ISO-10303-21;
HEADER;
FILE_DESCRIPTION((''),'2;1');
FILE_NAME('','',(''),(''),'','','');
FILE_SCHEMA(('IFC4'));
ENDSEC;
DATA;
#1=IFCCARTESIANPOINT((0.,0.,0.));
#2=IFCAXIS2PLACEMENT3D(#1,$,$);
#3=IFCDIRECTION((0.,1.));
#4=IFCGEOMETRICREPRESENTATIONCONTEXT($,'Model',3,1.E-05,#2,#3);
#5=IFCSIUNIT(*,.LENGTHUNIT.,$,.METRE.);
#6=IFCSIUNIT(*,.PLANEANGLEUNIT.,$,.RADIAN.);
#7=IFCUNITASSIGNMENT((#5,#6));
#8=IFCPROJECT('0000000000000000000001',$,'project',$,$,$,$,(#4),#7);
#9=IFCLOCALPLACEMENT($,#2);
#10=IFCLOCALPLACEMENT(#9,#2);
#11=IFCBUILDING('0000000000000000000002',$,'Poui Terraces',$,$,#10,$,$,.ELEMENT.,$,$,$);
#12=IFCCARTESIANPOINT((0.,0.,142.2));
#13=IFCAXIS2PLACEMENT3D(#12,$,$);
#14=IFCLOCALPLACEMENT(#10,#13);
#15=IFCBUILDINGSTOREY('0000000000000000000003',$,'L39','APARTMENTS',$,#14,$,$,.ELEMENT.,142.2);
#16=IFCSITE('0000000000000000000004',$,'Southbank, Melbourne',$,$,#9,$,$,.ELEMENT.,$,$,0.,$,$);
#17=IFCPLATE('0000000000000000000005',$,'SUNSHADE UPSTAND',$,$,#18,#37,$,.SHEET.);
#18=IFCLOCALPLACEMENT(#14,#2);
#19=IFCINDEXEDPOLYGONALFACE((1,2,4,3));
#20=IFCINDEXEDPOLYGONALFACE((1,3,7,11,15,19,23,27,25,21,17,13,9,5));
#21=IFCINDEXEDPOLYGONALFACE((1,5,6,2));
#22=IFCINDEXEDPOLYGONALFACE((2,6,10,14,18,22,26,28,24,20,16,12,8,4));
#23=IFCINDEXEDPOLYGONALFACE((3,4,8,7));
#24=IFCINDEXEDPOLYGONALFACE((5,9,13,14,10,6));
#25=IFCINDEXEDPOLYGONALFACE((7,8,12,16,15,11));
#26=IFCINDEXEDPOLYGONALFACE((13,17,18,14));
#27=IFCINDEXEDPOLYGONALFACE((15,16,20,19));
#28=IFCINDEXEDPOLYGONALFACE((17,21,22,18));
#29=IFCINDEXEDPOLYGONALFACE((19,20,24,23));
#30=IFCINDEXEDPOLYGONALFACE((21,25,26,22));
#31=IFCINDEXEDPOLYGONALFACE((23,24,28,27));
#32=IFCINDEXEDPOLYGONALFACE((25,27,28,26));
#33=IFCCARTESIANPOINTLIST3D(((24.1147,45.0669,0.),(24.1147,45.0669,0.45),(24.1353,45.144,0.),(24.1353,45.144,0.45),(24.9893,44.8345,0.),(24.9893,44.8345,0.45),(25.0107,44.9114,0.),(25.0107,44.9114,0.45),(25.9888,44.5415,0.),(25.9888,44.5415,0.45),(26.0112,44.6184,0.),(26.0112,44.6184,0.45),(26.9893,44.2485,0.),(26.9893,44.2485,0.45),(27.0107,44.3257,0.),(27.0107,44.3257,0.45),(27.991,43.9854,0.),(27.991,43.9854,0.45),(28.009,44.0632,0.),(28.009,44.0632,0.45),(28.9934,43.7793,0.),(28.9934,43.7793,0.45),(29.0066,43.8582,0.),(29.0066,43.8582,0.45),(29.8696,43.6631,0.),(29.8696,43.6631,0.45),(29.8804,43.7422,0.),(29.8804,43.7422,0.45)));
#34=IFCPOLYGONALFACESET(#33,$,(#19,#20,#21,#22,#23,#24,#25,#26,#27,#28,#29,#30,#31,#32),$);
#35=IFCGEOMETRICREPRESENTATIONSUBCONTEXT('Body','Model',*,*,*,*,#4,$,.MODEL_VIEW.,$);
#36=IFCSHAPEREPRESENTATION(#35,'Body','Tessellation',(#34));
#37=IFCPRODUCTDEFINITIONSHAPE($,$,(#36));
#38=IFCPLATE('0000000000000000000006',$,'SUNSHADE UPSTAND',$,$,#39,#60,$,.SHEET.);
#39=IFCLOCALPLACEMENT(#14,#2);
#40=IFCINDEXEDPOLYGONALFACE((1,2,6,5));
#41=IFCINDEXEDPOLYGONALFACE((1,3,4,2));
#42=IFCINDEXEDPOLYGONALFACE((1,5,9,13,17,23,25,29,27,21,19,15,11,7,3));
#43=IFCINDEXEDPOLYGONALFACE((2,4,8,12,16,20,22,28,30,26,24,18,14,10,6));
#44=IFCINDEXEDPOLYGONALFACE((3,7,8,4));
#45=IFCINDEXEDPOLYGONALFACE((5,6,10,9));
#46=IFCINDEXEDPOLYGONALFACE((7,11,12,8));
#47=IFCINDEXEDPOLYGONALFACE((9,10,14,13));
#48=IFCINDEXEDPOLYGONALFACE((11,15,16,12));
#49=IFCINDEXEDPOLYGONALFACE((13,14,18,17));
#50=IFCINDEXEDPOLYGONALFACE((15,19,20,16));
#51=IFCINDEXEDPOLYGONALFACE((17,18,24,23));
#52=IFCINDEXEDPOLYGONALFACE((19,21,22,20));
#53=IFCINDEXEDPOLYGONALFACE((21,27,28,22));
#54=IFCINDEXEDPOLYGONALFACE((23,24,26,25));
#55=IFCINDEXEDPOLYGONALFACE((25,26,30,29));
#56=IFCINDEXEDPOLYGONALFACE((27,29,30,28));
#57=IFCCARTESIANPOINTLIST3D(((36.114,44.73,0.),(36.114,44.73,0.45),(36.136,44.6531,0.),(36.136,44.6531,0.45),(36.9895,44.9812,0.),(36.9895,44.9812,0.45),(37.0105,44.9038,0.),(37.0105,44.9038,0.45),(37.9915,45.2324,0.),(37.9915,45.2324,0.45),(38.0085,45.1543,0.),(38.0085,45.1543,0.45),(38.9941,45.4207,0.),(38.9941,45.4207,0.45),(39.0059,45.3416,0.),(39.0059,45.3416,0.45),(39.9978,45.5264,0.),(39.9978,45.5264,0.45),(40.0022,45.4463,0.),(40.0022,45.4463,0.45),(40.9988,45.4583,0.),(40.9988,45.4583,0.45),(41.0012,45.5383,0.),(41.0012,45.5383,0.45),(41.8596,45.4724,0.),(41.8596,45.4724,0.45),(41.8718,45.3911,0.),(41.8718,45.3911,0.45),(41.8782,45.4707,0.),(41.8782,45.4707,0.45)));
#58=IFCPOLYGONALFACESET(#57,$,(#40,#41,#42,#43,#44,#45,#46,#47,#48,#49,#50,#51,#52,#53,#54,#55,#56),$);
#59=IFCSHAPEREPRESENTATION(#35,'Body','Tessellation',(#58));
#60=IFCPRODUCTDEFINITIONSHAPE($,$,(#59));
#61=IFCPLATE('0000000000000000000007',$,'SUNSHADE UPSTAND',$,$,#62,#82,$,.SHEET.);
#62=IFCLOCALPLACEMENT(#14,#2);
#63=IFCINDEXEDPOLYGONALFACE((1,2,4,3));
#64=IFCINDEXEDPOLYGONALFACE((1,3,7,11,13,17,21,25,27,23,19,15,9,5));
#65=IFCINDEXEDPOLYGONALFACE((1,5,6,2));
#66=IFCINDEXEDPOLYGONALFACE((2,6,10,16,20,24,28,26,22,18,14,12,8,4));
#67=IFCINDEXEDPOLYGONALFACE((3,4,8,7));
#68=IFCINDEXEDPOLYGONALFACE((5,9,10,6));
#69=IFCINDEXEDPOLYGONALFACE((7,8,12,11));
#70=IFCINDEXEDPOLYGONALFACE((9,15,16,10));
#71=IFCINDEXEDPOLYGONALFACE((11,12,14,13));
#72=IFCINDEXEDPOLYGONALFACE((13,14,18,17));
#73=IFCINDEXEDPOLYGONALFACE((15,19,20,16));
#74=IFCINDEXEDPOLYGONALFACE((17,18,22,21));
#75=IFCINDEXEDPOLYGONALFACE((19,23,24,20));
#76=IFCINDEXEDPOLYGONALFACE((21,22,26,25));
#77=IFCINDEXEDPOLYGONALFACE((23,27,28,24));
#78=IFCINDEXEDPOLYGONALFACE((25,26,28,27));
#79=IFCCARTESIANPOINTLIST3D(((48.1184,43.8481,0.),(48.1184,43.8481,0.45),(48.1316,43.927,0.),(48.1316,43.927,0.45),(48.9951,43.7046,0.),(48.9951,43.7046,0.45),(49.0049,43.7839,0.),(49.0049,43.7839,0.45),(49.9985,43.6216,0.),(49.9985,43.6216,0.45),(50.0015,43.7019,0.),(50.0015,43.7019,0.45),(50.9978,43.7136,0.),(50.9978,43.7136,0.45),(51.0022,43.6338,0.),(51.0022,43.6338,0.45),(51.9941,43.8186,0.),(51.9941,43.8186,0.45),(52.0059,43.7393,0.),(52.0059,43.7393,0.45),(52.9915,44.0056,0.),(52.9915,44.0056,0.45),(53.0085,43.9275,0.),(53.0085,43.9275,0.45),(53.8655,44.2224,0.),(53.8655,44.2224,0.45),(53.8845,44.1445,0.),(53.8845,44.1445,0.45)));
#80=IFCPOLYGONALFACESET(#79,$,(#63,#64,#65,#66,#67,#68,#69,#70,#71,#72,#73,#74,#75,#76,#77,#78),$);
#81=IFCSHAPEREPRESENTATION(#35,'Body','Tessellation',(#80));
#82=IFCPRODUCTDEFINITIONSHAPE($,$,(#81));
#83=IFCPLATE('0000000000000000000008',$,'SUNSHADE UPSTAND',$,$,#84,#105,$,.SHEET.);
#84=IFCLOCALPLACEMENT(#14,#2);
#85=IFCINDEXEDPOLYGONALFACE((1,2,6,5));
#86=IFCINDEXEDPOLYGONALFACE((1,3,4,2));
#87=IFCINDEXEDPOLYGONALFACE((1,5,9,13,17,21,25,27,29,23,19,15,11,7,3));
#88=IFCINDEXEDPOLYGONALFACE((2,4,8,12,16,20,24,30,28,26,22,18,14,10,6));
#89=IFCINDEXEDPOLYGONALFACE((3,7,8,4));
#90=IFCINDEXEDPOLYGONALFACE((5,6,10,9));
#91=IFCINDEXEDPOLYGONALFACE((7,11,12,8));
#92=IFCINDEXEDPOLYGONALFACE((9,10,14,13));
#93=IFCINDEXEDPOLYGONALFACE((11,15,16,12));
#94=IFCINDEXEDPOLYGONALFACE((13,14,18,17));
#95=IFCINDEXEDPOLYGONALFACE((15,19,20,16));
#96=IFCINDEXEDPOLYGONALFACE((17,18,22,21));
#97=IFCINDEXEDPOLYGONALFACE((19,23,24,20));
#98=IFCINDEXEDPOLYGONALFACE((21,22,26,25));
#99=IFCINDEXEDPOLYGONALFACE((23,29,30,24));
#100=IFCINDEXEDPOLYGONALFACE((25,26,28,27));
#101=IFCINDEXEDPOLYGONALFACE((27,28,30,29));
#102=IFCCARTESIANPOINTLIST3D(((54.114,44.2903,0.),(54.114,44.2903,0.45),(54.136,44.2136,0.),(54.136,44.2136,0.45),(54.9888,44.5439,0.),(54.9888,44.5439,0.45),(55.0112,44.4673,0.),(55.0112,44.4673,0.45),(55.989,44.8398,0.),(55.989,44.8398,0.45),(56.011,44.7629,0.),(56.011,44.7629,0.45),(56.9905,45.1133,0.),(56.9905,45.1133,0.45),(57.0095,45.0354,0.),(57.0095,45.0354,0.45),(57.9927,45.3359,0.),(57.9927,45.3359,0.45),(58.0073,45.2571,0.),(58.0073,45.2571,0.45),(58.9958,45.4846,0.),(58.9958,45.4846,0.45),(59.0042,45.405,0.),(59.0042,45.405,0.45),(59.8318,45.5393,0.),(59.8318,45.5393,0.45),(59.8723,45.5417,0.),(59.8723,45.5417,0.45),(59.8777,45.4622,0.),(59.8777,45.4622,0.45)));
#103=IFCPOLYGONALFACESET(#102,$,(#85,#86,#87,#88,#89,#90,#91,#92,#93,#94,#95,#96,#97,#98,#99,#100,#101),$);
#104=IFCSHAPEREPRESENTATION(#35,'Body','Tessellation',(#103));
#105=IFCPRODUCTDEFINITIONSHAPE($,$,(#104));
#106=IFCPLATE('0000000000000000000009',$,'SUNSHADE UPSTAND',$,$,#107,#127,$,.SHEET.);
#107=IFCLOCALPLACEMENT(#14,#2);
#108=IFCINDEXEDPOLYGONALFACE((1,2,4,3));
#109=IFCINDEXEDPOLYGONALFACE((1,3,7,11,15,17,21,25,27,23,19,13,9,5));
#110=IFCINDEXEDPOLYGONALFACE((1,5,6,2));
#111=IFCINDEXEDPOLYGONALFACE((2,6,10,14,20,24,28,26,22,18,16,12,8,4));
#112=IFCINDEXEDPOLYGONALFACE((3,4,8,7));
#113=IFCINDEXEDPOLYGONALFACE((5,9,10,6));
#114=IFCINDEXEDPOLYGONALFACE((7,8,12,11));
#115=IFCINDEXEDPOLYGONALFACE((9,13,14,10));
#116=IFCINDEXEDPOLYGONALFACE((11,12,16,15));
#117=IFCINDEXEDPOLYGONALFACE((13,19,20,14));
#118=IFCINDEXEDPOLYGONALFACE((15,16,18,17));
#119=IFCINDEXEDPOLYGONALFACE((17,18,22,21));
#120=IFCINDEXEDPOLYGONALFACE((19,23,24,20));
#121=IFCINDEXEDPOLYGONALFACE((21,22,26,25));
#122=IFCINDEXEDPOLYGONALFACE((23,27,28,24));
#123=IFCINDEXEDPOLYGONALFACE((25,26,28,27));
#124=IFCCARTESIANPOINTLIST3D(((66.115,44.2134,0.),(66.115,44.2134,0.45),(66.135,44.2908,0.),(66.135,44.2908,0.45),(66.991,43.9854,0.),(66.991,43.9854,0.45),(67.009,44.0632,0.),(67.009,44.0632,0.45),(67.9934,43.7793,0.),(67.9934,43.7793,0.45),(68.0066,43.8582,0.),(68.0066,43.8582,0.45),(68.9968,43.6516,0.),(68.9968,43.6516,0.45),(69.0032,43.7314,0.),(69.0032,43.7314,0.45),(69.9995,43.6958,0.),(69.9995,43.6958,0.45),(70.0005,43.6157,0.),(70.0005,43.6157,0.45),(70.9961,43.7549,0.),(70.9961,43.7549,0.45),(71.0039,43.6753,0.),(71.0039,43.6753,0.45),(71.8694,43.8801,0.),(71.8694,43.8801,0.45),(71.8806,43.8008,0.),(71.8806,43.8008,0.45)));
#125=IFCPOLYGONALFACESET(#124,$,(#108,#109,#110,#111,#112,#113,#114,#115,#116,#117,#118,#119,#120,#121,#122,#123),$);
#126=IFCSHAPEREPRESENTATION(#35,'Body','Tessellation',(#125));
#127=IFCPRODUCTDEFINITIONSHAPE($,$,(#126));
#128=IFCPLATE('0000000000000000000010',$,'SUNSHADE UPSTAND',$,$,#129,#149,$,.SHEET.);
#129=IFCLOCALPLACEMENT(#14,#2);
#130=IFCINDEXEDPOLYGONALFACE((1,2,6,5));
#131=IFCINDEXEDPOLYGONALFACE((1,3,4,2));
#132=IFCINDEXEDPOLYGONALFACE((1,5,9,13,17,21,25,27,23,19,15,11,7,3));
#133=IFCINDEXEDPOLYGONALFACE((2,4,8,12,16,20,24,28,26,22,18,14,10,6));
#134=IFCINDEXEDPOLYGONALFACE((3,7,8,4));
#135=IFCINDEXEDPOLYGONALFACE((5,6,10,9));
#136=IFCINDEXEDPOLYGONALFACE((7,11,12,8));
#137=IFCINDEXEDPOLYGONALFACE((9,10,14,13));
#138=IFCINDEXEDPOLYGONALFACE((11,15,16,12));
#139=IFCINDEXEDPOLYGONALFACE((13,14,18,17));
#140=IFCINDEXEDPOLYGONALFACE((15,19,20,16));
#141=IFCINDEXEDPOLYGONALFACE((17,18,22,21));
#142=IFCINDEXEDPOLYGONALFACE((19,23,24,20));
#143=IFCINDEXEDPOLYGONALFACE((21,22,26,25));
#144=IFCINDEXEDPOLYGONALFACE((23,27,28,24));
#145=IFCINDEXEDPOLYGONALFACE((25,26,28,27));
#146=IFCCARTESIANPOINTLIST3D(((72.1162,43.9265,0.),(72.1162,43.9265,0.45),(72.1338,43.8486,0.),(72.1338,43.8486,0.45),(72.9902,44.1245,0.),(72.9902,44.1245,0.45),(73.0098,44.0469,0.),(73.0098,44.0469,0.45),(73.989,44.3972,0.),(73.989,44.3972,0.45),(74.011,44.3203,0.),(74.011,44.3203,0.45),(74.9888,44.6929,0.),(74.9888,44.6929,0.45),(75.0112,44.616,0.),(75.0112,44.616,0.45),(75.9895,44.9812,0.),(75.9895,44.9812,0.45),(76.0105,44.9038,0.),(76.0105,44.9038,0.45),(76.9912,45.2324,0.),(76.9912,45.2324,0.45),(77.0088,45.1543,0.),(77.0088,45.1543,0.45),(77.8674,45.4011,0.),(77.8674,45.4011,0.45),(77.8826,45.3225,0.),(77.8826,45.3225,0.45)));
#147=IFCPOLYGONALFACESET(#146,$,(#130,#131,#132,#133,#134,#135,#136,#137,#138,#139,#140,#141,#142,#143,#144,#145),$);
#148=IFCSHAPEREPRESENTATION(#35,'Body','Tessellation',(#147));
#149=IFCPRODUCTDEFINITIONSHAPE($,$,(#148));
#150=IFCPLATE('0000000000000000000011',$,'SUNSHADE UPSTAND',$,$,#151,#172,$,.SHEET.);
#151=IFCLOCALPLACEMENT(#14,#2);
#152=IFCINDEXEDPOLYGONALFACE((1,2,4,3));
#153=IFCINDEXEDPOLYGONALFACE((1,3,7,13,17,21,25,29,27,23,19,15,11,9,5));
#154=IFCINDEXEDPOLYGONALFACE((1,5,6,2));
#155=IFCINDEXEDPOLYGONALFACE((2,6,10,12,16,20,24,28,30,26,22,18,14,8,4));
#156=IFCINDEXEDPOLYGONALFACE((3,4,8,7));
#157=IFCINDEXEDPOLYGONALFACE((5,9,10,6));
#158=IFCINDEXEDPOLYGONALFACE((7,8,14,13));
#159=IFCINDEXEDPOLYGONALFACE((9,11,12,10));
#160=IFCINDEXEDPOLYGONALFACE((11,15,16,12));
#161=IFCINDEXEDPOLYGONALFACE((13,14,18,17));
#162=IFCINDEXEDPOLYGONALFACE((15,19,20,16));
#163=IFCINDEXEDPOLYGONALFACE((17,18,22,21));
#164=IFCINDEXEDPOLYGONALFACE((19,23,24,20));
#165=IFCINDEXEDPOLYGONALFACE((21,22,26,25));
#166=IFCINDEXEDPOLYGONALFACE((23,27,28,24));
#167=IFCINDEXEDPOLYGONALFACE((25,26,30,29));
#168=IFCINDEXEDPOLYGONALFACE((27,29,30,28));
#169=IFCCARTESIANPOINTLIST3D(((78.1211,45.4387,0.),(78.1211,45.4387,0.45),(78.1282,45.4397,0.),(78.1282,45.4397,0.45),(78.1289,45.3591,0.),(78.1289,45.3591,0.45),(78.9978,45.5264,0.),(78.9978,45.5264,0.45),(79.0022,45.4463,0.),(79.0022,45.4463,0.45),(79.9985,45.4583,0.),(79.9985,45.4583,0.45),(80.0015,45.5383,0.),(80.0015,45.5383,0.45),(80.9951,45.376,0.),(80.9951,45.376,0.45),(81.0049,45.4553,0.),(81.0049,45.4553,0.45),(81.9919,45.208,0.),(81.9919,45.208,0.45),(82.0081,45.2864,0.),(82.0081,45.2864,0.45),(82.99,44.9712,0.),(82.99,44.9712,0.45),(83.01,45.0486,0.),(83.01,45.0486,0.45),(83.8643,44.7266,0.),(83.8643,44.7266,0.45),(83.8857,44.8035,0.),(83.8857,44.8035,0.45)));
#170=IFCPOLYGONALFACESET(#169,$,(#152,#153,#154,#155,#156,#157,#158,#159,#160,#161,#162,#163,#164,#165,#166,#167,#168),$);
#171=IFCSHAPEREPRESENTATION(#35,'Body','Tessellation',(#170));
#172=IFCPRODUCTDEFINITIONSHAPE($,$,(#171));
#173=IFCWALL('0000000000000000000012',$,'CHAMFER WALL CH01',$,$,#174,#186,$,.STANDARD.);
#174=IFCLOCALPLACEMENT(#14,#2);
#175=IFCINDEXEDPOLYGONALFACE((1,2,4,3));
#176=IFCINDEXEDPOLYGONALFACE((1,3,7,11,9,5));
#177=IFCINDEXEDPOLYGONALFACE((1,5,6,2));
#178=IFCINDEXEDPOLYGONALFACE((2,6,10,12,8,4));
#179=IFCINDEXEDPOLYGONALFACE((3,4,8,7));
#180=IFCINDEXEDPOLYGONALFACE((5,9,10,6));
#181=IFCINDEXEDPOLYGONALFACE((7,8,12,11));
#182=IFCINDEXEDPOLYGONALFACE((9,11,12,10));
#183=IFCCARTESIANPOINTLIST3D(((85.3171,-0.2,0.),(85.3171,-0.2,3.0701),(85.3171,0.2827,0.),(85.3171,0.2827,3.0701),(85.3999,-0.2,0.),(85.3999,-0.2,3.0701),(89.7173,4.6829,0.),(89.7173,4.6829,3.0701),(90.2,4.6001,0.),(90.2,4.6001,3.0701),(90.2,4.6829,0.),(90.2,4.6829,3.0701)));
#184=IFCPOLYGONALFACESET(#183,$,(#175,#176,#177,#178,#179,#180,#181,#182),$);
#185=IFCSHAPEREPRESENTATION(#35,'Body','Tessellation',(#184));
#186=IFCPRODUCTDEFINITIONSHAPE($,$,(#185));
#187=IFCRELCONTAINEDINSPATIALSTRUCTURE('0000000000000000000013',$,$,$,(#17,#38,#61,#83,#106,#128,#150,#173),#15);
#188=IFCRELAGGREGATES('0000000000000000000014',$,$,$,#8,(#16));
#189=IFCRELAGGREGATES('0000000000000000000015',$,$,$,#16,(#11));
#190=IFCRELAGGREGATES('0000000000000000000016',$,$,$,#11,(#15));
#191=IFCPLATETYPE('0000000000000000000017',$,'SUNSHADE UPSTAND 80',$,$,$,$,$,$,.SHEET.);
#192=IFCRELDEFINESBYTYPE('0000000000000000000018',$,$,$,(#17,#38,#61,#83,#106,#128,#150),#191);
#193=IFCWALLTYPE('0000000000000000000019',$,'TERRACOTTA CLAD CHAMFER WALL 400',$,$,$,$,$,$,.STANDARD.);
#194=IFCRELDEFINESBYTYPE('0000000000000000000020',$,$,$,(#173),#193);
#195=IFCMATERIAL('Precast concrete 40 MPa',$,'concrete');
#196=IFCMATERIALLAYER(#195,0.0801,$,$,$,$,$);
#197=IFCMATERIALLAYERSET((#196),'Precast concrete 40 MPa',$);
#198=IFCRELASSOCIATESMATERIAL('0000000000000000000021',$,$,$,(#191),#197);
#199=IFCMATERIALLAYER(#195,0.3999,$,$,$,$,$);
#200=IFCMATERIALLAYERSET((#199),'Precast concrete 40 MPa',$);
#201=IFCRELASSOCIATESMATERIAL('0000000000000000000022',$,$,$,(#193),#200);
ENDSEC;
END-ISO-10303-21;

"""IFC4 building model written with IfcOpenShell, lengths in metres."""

from ifc_helpers import new_model, si_unit, direction, frame, origin, place, context, subcontext, project, spatial, polyline, outline, extrude, material, layer, layer_set, type_object, element, save


model = new_model("IFC4")

# Units and contexts
model_context = context("Model", 3, precision=1e-05, world=origin(), true_north=direction((0.0, 1.0)))
body_context = subcontext(model_context, "Body", "Model", "MODEL_VIEW")
ifc_project = project(units=[si_unit("LENGTHUNIT", "METRE"), si_unit("PLANEANGLEUNIT", "RADIAN")], contexts=[model_context])

# Site, building, storey
site_placement = place(None, origin())
site = spatial("IfcSite", under=ifc_project, at=site_placement, Name="Southbank, Melbourne", CompositionType="ELEMENT", RefElevation=0.0)
building_placement = place(site_placement, origin())
building = spatial("IfcBuilding", under=site, at=building_placement, Name="Poui Terraces", CompositionType="ELEMENT")
storey_placement = place(building_placement, frame((0.0, 0.0, 142.2)))
storey = spatial("IfcBuildingStorey", under=building, at=storey_placement, Name="L39", Description="APARTMENTS", CompositionType="ELEMENT", Elevation=142.2)

# Shared definitions
ifc_material_1 = material(Name="Precast concrete 40 MPa", Category="concrete")

# Plates
ifc_layer_1 = layer(ifc_material_1, 0.0801)
ifc_layer_set_1 = layer_set([ifc_layer_1], Name="Precast concrete 40 MPa")
plate_type = type_object("IfcPlateType", Name="SUNSHADE UPSTAND 80", PredefinedType="SHEET", material=ifc_layer_set_1)
plate_1_placement = place(storey_placement, origin())
element("IfcPlate", 1, at=plate_1_placement, inside=storey, type_object=plate_type, Name="SUNSHADE UPSTAND", PredefinedType="SHEET", context=body_context, shape_type="SweptSolid", body=[
    extrude(outline(polyline([(25.0107, 44.9114), (24.1353, 45.144), (24.1147, 45.0669), (24.9893, 44.8345), (25.9888, 44.5415), (26.9893, 44.2485), (27.991, 43.9854), (28.9934, 43.7793), (29.8696, 43.6631), (29.8804, 43.7422), (29.0066, 43.8582), (28.009, 44.0632), (27.0107, 44.3257), (26.0112, 44.6184), (25.0107, 44.9114)])), origin(), (0.0, 0.0, 1.0), 0.45),
])
plate_2_placement = place(storey_placement, origin())
element("IfcPlate", 2, at=plate_2_placement, inside=storey, type_object=plate_type, Name="SUNSHADE UPSTAND", PredefinedType="SHEET", context=body_context, shape_type="SweptSolid", body=[
    extrude(outline(polyline([(36.9895, 44.9812), (36.114, 44.73), (36.136, 44.6531), (37.0105, 44.9038), (38.0085, 45.1543), (39.0059, 45.3416), (40.0022, 45.4463), (40.9988, 45.4583), (41.8718, 45.3911), (41.8782, 45.4707), (41.8596, 45.4724), (41.0012, 45.5383), (39.9978, 45.5264), (38.9941, 45.4207), (37.9915, 45.2324), (36.9895, 44.9812)])), origin(), (0.0, 0.0, 1.0), 0.45),
])
plate_3_placement = place(storey_placement, origin())
element("IfcPlate", 3, at=plate_3_placement, inside=storey, type_object=plate_type, Name="SUNSHADE UPSTAND", PredefinedType="SHEET", context=body_context, shape_type="SweptSolid", body=[
    extrude(outline(polyline([(49.0049, 43.7839), (48.1316, 43.927), (48.1184, 43.8481), (48.9951, 43.7046), (49.9985, 43.6216), (51.0022, 43.6338), (52.0059, 43.7393), (53.0085, 43.9275), (53.8845, 44.1445), (53.8655, 44.2224), (52.9915, 44.0056), (51.9941, 43.8186), (50.9978, 43.7136), (50.0015, 43.7019), (49.0049, 43.7839)])), origin(), (0.0, 0.0, 1.0), 0.45),
])
plate_4_placement = place(storey_placement, origin())
element("IfcPlate", 4, at=plate_4_placement, inside=storey, type_object=plate_type, Name="SUNSHADE UPSTAND", PredefinedType="SHEET", context=body_context, shape_type="SweptSolid", body=[
    extrude(outline(polyline([(54.9888, 44.5439), (54.114, 44.2903), (54.136, 44.2136), (55.0112, 44.4673), (56.011, 44.7629), (57.0095, 45.0354), (58.0073, 45.2571), (59.0042, 45.405), (59.8777, 45.4622), (59.8723, 45.5417), (59.8318, 45.5393), (58.9958, 45.4846), (57.9927, 45.3359), (56.9905, 45.1133), (55.989, 44.8398), (54.9888, 44.5439)])), origin(), (0.0, 0.0, 1.0), 0.45),
])
plate_5_placement = place(storey_placement, origin())
element("IfcPlate", 5, at=plate_5_placement, inside=storey, type_object=plate_type, Name="SUNSHADE UPSTAND", PredefinedType="SHEET", context=body_context, shape_type="SweptSolid", body=[
    extrude(outline(polyline([(67.009, 44.0632), (66.135, 44.2908), (66.115, 44.2134), (66.991, 43.9854), (67.9934, 43.7793), (68.9968, 43.6516), (70.0005, 43.6157), (71.0039, 43.6753), (71.8806, 43.8008), (71.8694, 43.8801), (70.9961, 43.7549), (69.9995, 43.6958), (69.0032, 43.7314), (68.0066, 43.8582), (67.009, 44.0632)])), origin(), (0.0, 0.0, 1.0), 0.45),
])
plate_6_placement = place(storey_placement, origin())
element("IfcPlate", 6, at=plate_6_placement, inside=storey, type_object=plate_type, Name="SUNSHADE UPSTAND", PredefinedType="SHEET", context=body_context, shape_type="SweptSolid", body=[
    extrude(outline(polyline([(72.9902, 44.1245), (72.1162, 43.9265), (72.1338, 43.8486), (73.0098, 44.0469), (74.011, 44.3203), (75.0112, 44.616), (76.0105, 44.9038), (77.0088, 45.1543), (77.8826, 45.3225), (77.8674, 45.4011), (76.9912, 45.2324), (75.9895, 44.9812), (74.9888, 44.6929), (73.989, 44.3972), (72.9902, 44.1245)])), origin(), (0.0, 0.0, 1.0), 0.45),
])
plate_7_placement = place(storey_placement, origin())
element("IfcPlate", 7, at=plate_7_placement, inside=storey, type_object=plate_type, Name="SUNSHADE UPSTAND", PredefinedType="SHEET", context=body_context, shape_type="SweptSolid", body=[
    extrude(outline(polyline([(78.9978, 45.5264), (78.1282, 45.4397), (78.1211, 45.4387), (78.1289, 45.3591), (79.0022, 45.4463), (79.9985, 45.4583), (80.9951, 45.376), (81.9919, 45.208), (82.99, 44.9712), (83.8643, 44.7266), (83.8857, 44.8035), (83.01, 45.0486), (82.0081, 45.2864), (81.0049, 45.4553), (80.0015, 45.5383), (78.9978, 45.5264)])), origin(), (0.0, 0.0, 1.0), 0.45),
])

# Wall
ifc_layer_2 = layer(ifc_material_1, 0.3999)
ifc_layer_set_2 = layer_set([ifc_layer_2], Name="Precast concrete 40 MPa")
wall_type = type_object("IfcWallType", Name="TERRACOTTA CLAD CHAMFER WALL 400", PredefinedType="STANDARD", material=ifc_layer_set_2)
wall_1_placement = place(storey_placement, origin())
element("IfcWall", 8, at=wall_1_placement, inside=storey, type_object=wall_type, Name="CHAMFER WALL CH01", PredefinedType="STANDARD", context=body_context, shape_type="SweptSolid", body=[
    extrude(outline(polyline([(85.3171, -0.2), (85.3999, -0.2), (90.2, 4.6001), (90.2, 4.6829), (89.7173, 4.6829), (85.3171, 0.2827), (85.3171, -0.2)])), origin(), (0.0, 0.0, 1.0), 3.0701),
])

save(model, "model.ifc")
